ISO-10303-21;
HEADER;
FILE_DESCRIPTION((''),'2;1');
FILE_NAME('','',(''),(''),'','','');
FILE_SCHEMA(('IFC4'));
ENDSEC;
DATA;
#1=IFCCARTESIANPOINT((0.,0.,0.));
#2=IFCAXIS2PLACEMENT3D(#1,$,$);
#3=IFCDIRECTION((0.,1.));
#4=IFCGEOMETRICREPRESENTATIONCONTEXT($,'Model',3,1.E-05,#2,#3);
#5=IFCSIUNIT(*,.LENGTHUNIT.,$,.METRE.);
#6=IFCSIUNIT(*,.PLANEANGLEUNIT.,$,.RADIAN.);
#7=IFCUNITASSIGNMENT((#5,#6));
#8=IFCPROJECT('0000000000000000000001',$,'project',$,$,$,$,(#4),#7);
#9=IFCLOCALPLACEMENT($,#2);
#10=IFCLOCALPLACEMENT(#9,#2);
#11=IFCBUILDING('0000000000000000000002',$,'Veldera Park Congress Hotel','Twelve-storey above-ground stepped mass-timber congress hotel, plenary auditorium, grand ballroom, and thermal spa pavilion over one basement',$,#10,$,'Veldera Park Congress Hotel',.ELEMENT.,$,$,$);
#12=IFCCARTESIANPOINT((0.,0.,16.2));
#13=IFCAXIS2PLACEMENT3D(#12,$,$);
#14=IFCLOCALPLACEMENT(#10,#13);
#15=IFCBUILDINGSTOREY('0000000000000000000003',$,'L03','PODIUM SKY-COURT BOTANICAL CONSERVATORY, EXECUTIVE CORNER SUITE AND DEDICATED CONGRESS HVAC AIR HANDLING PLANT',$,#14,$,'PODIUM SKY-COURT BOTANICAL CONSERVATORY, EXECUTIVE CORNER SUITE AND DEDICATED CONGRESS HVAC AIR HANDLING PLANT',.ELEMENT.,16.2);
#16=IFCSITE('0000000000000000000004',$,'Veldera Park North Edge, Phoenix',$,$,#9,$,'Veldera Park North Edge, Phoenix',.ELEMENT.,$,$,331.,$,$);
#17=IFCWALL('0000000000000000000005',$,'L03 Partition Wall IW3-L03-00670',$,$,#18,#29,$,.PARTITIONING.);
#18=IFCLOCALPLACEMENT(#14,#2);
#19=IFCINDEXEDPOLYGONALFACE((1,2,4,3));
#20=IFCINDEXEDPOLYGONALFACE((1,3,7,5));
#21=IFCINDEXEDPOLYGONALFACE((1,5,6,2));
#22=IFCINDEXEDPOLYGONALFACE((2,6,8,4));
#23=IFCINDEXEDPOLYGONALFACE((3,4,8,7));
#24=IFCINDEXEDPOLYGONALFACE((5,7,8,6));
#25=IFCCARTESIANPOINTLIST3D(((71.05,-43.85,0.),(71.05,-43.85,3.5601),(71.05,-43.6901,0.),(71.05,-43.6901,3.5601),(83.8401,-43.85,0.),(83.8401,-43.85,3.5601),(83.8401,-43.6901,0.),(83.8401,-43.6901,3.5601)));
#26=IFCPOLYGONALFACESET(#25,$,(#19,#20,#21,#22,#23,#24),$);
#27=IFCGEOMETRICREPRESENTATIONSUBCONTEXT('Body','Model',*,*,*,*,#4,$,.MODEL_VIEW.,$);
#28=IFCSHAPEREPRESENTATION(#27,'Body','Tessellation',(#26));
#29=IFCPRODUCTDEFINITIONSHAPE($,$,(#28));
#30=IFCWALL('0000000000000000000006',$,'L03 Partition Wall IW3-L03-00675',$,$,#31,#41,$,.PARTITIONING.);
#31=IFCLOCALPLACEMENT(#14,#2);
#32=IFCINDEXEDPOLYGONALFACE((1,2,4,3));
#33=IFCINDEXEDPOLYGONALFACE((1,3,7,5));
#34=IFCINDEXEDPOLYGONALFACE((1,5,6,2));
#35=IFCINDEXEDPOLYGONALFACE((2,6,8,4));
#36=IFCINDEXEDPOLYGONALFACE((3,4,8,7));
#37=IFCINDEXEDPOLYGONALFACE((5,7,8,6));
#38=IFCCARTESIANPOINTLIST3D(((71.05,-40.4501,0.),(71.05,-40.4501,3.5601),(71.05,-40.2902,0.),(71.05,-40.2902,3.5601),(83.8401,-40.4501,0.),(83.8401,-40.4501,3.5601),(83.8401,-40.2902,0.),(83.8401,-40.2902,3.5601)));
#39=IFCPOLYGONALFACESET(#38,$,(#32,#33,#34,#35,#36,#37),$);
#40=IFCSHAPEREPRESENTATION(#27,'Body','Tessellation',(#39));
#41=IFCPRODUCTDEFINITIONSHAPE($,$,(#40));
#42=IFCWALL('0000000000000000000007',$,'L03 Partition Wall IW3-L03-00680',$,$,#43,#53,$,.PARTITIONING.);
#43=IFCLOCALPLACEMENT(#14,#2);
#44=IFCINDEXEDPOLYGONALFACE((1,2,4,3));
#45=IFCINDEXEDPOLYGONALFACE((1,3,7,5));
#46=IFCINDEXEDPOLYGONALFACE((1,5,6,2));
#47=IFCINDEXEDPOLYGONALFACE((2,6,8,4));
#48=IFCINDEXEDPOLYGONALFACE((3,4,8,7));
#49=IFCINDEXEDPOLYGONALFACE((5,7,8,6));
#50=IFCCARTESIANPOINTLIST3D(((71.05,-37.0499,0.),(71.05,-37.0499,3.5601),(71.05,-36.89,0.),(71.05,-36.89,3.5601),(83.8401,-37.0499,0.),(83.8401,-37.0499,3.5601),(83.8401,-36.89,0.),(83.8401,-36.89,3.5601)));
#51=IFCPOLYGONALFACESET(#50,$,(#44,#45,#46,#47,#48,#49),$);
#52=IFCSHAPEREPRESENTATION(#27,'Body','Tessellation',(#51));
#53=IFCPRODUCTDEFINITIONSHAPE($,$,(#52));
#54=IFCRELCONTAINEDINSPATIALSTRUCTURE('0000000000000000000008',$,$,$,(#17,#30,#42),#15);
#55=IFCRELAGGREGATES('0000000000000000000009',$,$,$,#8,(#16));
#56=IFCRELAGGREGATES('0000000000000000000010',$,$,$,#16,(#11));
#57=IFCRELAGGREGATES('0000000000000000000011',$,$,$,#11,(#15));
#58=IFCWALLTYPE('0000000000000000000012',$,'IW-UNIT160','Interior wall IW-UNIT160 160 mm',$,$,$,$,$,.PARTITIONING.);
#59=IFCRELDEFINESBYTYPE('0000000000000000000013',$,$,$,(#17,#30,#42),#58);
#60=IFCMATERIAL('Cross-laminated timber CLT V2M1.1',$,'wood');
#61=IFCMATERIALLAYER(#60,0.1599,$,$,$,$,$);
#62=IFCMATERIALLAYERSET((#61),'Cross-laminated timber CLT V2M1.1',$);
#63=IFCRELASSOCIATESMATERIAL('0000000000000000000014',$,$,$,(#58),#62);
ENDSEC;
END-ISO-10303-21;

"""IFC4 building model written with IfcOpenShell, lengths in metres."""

from ifc_helpers import new_model, si_unit, direction, frame, frame_2d, origin, place, context, subcontext, project, spatial, rectangle, extrude, material, layer, layer_set, type_object, element, save


model = new_model("IFC4")

# Units and contexts
model_context = context("Model", 3, precision=1e-05, world=origin(), true_north=direction((0.0, 1.0)))
body_context = subcontext(model_context, "Body", "Model", "MODEL_VIEW")
ifc_project = project(units=[si_unit("LENGTHUNIT", "METRE"), si_unit("PLANEANGLEUNIT", "RADIAN")], contexts=[model_context])

# Site, building, storey
site_placement = place(None, origin())
site = spatial("IfcSite", under=ifc_project, at=site_placement, Name="Veldera Park North Edge, Phoenix", LongName="Veldera Park North Edge, Phoenix", CompositionType="ELEMENT", RefElevation=331.0)
building_placement = place(site_placement, origin())
building = spatial("IfcBuilding", under=site, at=building_placement, Name="Veldera Park Congress Hotel", Description="Twelve-storey above-ground stepped mass-timber congress hotel, plenary auditorium, grand ballroom, and thermal spa pavilion over one basement", LongName="Veldera Park Congress Hotel", CompositionType="ELEMENT")
storey_placement = place(building_placement, frame((0.0, 0.0, 16.2)))
storey = spatial("IfcBuildingStorey", under=building, at=storey_placement, Name="L03", Description="PODIUM SKY-COURT BOTANICAL CONSERVATORY, EXECUTIVE CORNER SUITE AND DEDICATED CONGRESS HVAC AIR HANDLING PLANT", LongName="PODIUM SKY-COURT BOTANICAL CONSERVATORY, EXECUTIVE CORNER SUITE AND DEDICATED CONGRESS HVAC AIR HANDLING PLANT", CompositionType="ELEMENT", Elevation=16.2)

# Shared definitions
ifc_material_1 = material(Name="Cross-laminated timber CLT V2M1.1", Category="wood")

# Walls
ifc_layer_1 = layer(ifc_material_1, 0.1599)
ifc_layer_set_1 = layer_set([ifc_layer_1], Name="Cross-laminated timber CLT V2M1.1")
wall_type_1 = type_object("IfcWallType", Name="IW-UNIT160", Description="Interior wall IW-UNIT160 160 mm", PredefinedType="PARTITIONING", material=ifc_layer_set_1)
for number, where, z_axis, x_axis, name in (
    (1, (71.05, -43.77, 0.0), (0.0, 0.0, 1.0), (1.0, 0.0, 0.0), "L03 Partition Wall IW3-L03-00670"),
    (2, (71.05, -40.3701, 0.0), (0.0, 0.0, 1.0), (1.0, 0.0, 0.0), "L03 Partition Wall IW3-L03-00675"),
    (3, (71.05, -36.97, 0.0), (0.0, 0.0, 1.0), (1.0, 0.0, 0.0), "L03 Partition Wall IW3-L03-00680"),
):
    element("IfcWall", number, at=place(storey_placement, frame(where, z_axis=z_axis, x_axis=x_axis)), inside=storey, type_object=wall_type_1, Name=name, PredefinedType="PARTITIONING", context=body_context, shape_type="SweptSolid", body=[
        extrude(rectangle(XDim=12.79, YDim=0.1599, at=frame_2d((6.395, 0.0))), origin(), (0.0, 0.0, 1.0), 3.5601),
    ])

save(model, "model.ifc")
